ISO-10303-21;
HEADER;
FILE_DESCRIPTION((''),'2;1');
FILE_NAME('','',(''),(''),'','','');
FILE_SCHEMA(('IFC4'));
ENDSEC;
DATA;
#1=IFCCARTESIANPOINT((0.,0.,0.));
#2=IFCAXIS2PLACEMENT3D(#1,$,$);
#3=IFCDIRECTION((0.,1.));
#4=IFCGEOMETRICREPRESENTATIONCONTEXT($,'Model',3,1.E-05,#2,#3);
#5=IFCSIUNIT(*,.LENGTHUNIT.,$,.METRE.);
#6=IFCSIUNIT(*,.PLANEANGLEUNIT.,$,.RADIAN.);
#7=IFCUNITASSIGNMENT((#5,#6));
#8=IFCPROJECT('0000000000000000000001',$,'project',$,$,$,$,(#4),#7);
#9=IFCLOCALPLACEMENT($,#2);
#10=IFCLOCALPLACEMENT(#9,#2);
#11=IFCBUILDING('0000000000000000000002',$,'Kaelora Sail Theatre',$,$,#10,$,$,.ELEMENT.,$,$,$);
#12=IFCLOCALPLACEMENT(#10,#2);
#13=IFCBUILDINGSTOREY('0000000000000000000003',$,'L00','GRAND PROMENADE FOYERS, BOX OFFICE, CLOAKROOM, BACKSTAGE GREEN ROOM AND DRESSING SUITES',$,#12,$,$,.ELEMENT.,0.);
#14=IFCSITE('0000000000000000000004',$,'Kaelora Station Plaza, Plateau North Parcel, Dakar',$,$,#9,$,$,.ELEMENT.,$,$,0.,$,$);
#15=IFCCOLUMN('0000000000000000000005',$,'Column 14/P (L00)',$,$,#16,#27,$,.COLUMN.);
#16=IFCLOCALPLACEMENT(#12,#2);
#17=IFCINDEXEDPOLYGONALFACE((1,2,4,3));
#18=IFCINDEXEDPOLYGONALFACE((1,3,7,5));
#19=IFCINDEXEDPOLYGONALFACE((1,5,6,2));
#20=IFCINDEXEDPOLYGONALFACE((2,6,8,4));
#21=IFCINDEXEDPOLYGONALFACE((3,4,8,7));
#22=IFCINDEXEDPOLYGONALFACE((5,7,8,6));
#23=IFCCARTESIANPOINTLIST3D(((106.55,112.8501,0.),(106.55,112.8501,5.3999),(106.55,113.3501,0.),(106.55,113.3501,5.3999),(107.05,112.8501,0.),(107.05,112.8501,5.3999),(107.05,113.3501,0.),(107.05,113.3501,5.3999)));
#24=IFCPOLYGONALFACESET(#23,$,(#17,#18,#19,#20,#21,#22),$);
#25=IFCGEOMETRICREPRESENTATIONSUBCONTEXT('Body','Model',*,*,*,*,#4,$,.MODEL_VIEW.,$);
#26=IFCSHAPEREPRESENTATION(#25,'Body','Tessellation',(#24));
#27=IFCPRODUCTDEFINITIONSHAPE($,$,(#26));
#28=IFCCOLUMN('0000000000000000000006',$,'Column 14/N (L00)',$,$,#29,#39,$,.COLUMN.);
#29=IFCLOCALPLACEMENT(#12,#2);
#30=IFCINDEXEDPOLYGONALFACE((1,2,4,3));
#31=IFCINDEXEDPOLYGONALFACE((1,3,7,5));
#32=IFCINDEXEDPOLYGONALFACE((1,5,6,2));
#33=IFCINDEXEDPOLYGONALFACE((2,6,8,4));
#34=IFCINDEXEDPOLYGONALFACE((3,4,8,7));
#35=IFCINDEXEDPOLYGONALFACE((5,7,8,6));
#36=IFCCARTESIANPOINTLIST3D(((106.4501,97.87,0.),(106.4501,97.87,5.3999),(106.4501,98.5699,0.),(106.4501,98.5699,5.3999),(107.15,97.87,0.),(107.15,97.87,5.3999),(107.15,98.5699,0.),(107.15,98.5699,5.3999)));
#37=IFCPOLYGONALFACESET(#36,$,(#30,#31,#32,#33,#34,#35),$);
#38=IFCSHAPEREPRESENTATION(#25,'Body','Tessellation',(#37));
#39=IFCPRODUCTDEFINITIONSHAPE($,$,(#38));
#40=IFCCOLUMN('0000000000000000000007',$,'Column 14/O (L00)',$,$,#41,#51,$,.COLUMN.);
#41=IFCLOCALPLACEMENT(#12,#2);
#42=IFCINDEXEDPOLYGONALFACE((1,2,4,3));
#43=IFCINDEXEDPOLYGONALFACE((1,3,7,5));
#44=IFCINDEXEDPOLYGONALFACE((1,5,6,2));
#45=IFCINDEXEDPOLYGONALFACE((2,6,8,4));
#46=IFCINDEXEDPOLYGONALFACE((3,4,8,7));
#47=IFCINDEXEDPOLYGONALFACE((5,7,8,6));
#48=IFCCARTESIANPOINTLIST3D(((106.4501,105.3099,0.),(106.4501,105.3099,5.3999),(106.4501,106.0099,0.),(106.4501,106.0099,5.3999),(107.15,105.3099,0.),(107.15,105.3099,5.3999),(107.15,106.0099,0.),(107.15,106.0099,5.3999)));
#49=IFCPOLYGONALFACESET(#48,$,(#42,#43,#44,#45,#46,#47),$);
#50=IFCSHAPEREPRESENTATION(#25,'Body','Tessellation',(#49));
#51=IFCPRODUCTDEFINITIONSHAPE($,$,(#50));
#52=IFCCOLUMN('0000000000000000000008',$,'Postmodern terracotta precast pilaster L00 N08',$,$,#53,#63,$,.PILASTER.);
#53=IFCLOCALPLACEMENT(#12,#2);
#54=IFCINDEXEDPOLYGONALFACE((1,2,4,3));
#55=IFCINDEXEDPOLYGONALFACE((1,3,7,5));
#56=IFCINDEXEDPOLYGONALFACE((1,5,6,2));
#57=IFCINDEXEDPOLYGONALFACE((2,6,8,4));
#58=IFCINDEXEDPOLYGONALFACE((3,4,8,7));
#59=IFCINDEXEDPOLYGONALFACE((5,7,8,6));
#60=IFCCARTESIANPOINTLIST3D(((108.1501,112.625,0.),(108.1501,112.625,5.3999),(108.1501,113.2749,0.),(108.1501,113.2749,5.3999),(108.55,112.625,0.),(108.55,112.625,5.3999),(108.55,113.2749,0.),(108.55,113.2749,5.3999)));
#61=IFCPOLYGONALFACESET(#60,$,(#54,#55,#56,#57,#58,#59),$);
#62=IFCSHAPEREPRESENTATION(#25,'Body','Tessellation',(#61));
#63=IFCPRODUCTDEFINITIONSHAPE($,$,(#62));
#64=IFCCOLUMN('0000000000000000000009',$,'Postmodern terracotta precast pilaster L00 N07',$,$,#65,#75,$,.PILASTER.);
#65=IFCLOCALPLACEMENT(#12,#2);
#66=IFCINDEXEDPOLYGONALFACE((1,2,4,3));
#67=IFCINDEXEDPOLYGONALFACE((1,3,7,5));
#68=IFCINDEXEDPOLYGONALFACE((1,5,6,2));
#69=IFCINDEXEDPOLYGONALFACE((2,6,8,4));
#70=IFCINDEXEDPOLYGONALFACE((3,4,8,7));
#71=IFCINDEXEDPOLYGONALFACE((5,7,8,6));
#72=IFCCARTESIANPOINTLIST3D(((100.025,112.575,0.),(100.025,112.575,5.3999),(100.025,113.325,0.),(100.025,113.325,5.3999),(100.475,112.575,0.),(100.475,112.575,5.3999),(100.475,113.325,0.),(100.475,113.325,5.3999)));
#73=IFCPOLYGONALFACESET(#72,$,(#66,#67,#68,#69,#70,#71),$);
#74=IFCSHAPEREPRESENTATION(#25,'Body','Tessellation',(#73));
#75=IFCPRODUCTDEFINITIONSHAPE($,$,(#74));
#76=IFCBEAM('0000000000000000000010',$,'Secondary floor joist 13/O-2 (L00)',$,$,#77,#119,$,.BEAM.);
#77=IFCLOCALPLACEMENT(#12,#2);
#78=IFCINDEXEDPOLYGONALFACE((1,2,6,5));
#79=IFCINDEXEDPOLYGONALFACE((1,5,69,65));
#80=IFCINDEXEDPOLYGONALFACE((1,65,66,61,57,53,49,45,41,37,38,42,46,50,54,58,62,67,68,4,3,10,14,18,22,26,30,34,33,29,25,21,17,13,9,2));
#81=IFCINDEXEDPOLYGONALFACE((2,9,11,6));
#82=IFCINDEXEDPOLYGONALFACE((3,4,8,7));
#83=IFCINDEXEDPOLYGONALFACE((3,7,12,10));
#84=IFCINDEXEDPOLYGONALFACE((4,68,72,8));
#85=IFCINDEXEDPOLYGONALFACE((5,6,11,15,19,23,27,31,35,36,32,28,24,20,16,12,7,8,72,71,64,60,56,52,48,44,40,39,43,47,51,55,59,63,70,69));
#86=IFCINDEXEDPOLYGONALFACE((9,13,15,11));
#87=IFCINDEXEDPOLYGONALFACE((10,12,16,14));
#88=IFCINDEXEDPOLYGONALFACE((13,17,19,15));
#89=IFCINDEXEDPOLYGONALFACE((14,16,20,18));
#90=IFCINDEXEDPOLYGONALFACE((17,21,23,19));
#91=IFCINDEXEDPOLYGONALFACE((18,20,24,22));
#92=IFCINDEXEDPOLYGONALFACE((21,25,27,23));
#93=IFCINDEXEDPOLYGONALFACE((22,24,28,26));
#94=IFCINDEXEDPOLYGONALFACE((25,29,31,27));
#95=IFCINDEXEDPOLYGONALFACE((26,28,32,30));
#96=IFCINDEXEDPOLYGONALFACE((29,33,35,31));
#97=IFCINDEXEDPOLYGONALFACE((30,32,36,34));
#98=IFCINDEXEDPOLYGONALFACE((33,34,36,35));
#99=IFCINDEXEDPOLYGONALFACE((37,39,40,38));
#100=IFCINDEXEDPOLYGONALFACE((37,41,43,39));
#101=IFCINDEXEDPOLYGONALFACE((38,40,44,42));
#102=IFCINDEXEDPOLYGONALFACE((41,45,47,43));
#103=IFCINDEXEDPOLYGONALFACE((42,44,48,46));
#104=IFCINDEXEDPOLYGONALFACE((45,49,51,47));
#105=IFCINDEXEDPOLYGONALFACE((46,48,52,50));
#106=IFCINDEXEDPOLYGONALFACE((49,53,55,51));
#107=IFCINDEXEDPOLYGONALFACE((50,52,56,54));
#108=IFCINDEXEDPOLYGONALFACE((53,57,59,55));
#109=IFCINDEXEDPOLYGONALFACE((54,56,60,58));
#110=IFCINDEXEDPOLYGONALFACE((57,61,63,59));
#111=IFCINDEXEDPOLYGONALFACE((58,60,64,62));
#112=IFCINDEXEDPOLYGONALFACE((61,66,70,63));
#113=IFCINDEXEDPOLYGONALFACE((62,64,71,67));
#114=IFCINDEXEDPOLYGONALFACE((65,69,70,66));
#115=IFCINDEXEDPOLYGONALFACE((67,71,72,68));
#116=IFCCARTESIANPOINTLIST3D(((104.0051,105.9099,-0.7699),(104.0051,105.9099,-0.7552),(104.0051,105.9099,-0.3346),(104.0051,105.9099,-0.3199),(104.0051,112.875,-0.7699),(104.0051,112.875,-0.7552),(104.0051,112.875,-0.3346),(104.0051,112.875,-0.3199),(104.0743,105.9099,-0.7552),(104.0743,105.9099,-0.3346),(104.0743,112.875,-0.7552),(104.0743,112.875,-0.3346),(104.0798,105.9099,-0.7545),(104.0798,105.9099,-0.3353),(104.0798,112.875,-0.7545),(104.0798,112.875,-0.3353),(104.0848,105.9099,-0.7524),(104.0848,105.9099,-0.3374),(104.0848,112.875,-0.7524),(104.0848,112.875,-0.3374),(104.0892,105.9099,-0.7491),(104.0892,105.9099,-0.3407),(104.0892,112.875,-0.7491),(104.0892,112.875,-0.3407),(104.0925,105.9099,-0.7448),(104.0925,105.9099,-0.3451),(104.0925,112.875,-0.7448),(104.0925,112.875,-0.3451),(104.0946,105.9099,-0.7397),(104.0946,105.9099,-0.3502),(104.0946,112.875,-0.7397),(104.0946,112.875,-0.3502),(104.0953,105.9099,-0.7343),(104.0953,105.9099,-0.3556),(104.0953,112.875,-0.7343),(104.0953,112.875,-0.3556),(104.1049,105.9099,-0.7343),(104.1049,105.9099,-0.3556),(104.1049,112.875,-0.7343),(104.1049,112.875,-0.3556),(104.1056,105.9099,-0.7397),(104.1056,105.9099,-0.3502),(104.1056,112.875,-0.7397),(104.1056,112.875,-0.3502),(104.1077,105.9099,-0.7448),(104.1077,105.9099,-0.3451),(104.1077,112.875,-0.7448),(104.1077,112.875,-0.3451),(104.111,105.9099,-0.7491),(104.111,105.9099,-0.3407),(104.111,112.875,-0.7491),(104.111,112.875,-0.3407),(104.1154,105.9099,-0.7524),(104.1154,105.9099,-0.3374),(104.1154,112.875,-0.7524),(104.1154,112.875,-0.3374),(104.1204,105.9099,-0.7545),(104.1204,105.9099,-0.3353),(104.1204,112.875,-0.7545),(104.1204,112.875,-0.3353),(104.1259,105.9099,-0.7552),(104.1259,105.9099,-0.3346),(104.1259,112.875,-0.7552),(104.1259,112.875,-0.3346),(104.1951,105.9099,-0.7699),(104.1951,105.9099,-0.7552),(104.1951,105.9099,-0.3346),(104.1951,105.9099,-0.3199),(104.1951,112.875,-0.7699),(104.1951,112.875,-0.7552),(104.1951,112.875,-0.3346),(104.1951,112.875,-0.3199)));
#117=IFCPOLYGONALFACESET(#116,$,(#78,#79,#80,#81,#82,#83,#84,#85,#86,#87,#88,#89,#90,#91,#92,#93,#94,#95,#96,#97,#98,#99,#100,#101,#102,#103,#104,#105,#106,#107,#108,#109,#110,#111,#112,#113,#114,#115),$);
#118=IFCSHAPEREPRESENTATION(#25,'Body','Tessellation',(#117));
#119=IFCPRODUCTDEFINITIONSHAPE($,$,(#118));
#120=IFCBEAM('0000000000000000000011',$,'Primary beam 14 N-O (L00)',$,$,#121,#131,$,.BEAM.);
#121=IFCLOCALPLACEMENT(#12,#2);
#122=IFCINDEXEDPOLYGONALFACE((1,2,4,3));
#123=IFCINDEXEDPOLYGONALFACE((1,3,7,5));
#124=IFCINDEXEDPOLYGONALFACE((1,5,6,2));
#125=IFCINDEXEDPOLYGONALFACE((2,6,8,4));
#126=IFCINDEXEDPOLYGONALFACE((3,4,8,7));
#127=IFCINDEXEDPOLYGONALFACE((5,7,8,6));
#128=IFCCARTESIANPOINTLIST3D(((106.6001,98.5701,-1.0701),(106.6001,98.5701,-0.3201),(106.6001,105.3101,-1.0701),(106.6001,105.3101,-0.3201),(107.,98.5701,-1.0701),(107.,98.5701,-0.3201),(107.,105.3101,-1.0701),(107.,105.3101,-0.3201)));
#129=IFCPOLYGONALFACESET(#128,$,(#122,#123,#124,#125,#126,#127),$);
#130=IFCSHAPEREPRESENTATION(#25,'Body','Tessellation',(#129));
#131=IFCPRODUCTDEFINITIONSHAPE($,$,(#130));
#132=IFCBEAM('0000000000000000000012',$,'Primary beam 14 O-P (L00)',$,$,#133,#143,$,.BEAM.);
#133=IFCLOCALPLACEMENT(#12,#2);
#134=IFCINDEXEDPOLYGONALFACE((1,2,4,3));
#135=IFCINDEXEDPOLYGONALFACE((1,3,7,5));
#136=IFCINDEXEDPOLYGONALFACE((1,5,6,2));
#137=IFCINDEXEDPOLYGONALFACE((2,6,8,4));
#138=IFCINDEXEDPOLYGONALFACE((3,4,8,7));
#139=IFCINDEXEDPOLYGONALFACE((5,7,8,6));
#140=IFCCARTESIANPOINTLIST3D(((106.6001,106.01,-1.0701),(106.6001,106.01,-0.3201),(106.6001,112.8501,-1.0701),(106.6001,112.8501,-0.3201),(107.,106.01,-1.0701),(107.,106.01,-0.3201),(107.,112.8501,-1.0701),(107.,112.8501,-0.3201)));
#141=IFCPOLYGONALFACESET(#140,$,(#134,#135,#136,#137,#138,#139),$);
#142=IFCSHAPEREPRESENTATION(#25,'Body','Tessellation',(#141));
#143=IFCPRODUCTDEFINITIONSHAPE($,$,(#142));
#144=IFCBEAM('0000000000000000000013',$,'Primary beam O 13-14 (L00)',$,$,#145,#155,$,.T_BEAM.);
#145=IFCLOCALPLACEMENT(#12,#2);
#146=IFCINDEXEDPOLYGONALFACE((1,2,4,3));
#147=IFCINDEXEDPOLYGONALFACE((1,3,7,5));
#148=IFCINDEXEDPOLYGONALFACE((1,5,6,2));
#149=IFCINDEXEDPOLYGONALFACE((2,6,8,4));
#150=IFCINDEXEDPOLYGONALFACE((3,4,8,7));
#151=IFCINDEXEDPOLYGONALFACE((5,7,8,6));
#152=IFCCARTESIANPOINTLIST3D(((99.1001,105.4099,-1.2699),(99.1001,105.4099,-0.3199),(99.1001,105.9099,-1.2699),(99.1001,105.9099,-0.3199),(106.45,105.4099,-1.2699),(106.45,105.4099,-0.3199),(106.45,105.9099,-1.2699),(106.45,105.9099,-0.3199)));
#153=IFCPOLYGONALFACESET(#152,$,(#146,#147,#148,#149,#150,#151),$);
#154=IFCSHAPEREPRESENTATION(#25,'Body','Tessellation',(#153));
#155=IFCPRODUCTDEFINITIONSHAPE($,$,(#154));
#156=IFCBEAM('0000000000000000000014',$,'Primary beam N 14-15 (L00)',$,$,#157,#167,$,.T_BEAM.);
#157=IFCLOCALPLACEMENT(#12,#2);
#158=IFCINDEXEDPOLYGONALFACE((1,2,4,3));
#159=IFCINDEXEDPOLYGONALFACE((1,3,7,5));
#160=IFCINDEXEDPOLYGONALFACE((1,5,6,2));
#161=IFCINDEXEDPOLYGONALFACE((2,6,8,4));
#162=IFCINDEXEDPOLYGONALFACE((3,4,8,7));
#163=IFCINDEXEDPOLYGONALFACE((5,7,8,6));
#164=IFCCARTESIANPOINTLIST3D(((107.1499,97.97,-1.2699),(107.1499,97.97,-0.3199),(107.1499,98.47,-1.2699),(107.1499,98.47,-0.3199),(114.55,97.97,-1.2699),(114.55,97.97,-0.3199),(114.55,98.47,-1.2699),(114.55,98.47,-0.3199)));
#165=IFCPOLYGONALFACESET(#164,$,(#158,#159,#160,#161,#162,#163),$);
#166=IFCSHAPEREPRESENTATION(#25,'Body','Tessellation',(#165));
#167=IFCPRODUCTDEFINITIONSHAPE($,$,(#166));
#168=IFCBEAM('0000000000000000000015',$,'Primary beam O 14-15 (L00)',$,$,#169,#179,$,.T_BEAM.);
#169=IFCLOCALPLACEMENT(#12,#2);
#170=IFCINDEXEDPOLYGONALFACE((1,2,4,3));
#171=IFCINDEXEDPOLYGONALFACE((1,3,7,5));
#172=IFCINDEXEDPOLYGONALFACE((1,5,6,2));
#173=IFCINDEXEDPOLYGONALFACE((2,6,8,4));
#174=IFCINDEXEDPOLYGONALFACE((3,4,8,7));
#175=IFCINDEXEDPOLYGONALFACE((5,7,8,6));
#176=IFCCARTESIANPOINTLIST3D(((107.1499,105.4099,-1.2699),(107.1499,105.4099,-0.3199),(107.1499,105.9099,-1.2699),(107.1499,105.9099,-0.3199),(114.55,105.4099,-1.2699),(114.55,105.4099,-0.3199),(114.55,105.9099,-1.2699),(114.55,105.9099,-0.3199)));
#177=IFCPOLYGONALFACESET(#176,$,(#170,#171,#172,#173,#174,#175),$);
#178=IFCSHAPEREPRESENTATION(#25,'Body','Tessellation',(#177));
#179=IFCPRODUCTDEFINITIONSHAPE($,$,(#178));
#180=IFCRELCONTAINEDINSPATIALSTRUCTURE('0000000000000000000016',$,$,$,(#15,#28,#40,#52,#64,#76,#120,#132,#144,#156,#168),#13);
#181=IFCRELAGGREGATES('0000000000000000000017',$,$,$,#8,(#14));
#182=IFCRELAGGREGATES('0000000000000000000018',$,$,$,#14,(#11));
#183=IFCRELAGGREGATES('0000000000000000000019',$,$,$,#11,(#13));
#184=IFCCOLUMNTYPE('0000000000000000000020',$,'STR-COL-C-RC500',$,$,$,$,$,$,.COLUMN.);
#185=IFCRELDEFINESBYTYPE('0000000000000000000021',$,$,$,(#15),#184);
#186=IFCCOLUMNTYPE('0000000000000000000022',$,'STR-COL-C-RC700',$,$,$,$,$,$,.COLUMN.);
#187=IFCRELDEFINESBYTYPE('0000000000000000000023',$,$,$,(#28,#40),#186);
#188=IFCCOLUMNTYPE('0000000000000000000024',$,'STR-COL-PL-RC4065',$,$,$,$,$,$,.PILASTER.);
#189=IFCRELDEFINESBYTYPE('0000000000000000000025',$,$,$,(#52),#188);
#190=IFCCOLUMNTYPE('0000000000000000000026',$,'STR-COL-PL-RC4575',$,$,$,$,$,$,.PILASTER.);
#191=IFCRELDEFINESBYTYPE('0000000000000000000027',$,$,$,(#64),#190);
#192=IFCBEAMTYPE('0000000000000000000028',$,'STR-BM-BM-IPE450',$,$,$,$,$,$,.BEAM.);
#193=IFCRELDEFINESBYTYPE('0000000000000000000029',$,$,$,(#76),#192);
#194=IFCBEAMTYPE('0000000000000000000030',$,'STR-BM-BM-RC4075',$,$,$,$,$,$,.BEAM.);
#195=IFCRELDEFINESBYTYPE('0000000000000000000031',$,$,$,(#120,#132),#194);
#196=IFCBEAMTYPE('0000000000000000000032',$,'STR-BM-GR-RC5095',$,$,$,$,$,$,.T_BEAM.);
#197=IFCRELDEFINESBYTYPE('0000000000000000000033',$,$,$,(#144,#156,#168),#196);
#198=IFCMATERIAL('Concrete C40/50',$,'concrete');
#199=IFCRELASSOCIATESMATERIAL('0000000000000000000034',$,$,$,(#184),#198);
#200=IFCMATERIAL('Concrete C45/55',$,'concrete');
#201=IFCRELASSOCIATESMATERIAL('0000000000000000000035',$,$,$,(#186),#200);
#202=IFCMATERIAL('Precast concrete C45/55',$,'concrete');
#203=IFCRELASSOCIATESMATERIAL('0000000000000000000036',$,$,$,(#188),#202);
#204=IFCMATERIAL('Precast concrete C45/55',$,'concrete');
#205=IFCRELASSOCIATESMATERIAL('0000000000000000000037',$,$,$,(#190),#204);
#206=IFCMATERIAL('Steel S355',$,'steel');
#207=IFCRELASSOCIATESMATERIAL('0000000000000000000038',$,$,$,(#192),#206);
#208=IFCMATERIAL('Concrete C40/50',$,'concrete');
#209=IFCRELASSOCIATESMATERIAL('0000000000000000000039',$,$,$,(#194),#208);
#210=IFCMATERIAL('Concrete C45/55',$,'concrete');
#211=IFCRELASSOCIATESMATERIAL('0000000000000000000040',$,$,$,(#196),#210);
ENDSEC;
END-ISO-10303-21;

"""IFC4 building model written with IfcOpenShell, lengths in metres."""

from ifc_helpers import new_model, si_unit, direction, frame, origin, origin_2d, place, context, subcontext, project, spatial, rectangle, i_section, extrude, material, material_profile, profile_set, type_object, element, save


model = new_model("IFC4")

# Units and contexts
model_context = context("Model", 3, precision=1e-05, world=origin(), true_north=direction((0.0, 1.0)))
body_context = subcontext(model_context, "Body", "Model", "MODEL_VIEW")
ifc_project = project(units=[si_unit("LENGTHUNIT", "METRE"), si_unit("PLANEANGLEUNIT", "RADIAN")], contexts=[model_context])

# Site, building, storey
site_placement = place(None, origin())
site = spatial("IfcSite", under=ifc_project, at=site_placement, Name="Kaelora Station Plaza, Plateau North Parcel, Dakar", CompositionType="ELEMENT", RefElevation=0.0)
building_placement = place(site_placement, origin())
building = spatial("IfcBuilding", under=site, at=building_placement, Name="Kaelora Sail Theatre", CompositionType="ELEMENT")
storey_placement = place(building_placement, origin())
storey = spatial("IfcBuildingStorey", under=building, at=storey_placement, Name="L00", Description="GRAND PROMENADE FOYERS, BOX OFFICE, CLOAKROOM, BACKSTAGE GREEN ROOM AND DRESSING SUITES", CompositionType="ELEMENT", Elevation=0.0)

# Columns
ifc_material_1 = material(Name="Concrete C40/50", Category="concrete")
ifc_material_profile_1 = material_profile(ifc_material_1, rectangle(XDim=0.5, YDim=0.5, at=origin_2d()), Name="RC-COL 500x500")
ifc_profile_set_1 = profile_set([ifc_material_profile_1], Name="Concrete C40/50")
column_type_1 = type_object("IfcColumnType", Name="STR-COL-C-RC500", PredefinedType="COLUMN", material=ifc_profile_set_1)
column_1_placement = place(storey_placement, frame((106.8, 113.1001, 0.0), z_axis=(0.0, 0.0, 1.0), x_axis=(1.0, 0.0, 0.0)))
element("IfcColumn", 1, at=column_1_placement, inside=storey, type_object=column_type_1, Name="Column 14/P (L00)", PredefinedType="COLUMN", context=body_context, shape_type="SweptSolid", body=[
    extrude(rectangle(XDim=0.5, YDim=0.5, at=origin_2d()), origin(), (0.0, 0.0, 1.0), 5.3999),
])
ifc_material_2 = material(Name="Concrete C45/55", Category="concrete")
ifc_material_profile_2 = material_profile(ifc_material_2, rectangle(XDim=0.7, YDim=0.7, at=origin_2d()), Name="RC-COL 700x700")
ifc_profile_set_2 = profile_set([ifc_material_profile_2], Name="Concrete C45/55")
column_type_2 = type_object("IfcColumnType", Name="STR-COL-C-RC700", PredefinedType="COLUMN", material=ifc_profile_set_2)
for number, where, z_axis, x_axis, name in (
    (2, (106.8, 98.22, 0.0), (0.0, 0.0, 1.0), (1.0, 0.0, 0.0), "Column 14/N (L00)"),
    (3, (106.8, 105.6599, 0.0), (0.0, 0.0, 1.0), (1.0, 0.0, 0.0), "Column 14/O (L00)"),
):
    element("IfcColumn", number, at=place(storey_placement, frame(where, z_axis=z_axis, x_axis=x_axis)), inside=storey, type_object=column_type_2, Name=name, PredefinedType="COLUMN", context=body_context, shape_type="SweptSolid", body=[
        extrude(rectangle(XDim=0.7, YDim=0.7, at=origin_2d()), origin(), (0.0, 0.0, 1.0), 5.3999),
    ])
ifc_material_3 = material(Name="Precast concrete C45/55", Category="concrete")
ifc_material_profile_3 = material_profile(ifc_material_3, rectangle(XDim=0.3999, YDim=0.6499, at=origin_2d()), Name="RC-PIL 400x650")
ifc_profile_set_3 = profile_set([ifc_material_profile_3], Name="Precast concrete C45/55")
column_type_3 = type_object("IfcColumnType", Name="STR-COL-PL-RC4065", PredefinedType="PILASTER", material=ifc_profile_set_3)
column_2_placement = place(storey_placement, frame((108.3501, 112.95, 0.0), z_axis=(0.0, 0.0, 1.0), x_axis=(1.0, 0.0, 0.0)))
element("IfcColumn", 4, at=column_2_placement, inside=storey, type_object=column_type_3, Name="Postmodern terracotta precast pilaster L00 N08", PredefinedType="PILASTER", context=body_context, shape_type="SweptSolid", body=[
    extrude(rectangle(XDim=0.3999, YDim=0.6499, at=origin_2d()), origin(), (0.0, 0.0, 1.0), 5.3999),
])
ifc_material_4 = material(Name="Precast concrete C45/55", Category="concrete")
ifc_material_profile_4 = material_profile(ifc_material_4, rectangle(XDim=0.45, YDim=0.75, at=origin_2d()), Name="RC-PIL 450x750")
ifc_profile_set_4 = profile_set([ifc_material_profile_4], Name="Precast concrete C45/55")
column_type_4 = type_object("IfcColumnType", Name="STR-COL-PL-RC4575", PredefinedType="PILASTER", material=ifc_profile_set_4)
column_3_placement = place(storey_placement, frame((100.25, 112.95, 0.0), z_axis=(0.0, 0.0, 1.0), x_axis=(1.0, 0.0, 0.0)))
element("IfcColumn", 5, at=column_3_placement, inside=storey, type_object=column_type_4, Name="Postmodern terracotta precast pilaster L00 N07", PredefinedType="PILASTER", context=body_context, shape_type="SweptSolid", body=[
    extrude(rectangle(XDim=0.45, YDim=0.75, at=origin_2d()), origin(), (0.0, 0.0, 1.0), 5.3999),
])

# Beams
ifc_material_5 = material(Name="Steel S355", Category="steel")
ifc_material_profile_5 = material_profile(ifc_material_5, i_section(OverallWidth=0.1899, OverallDepth=0.45, WebThickness=0.0095, FlangeThickness=0.0146, FilletRadius=0.021, at=origin_2d()), Name="IPE 450")
ifc_profile_set_5 = profile_set([ifc_material_profile_5], Name="Steel S355")
beam_type_1 = type_object("IfcBeamType", Name="STR-BM-BM-IPE450", PredefinedType="BEAM", material=ifc_profile_set_5)
beam_1_placement = place(storey_placement, frame((104.1001, 105.9099, -0.5449), z_axis=(0.0, 1.0, 0.0), x_axis=(-1.0, 0.0, 0.0)))
element("IfcBeam", 6, at=beam_1_placement, inside=storey, type_object=beam_type_1, Name="Secondary floor joist 13/O-2 (L00)", PredefinedType="BEAM", context=body_context, shape_type="SweptSolid", body=[
    extrude(i_section(OverallWidth=0.1899, OverallDepth=0.45, WebThickness=0.0095, FlangeThickness=0.0146, FilletRadius=0.021, at=origin_2d()), origin(), (0.0, 0.0, 1.0), 6.9651),
])
ifc_material_6 = material(Name="Concrete C40/50", Category="concrete")
ifc_material_profile_6 = material_profile(ifc_material_6, rectangle(XDim=0.3999, YDim=0.75, at=origin_2d()), Name="RC-BM 400x750")
ifc_profile_set_6 = profile_set([ifc_material_profile_6], Name="Concrete C40/50")
beam_type_2 = type_object("IfcBeamType", Name="STR-BM-BM-RC4075", PredefinedType="BEAM", material=ifc_profile_set_6)
beam_2_placement = place(storey_placement, frame((106.8, 98.5701, -0.6951), z_axis=(0.0, 1.0, 0.0), x_axis=(-1.0, 0.0, 0.0)))
element("IfcBeam", 7, at=beam_2_placement, inside=storey, type_object=beam_type_2, Name="Primary beam 14 N-O (L00)", PredefinedType="BEAM", context=body_context, shape_type="SweptSolid", body=[
    extrude(rectangle(XDim=0.3999, YDim=0.75, at=origin_2d()), origin(), (0.0, 0.0, 1.0), 6.74),
])
beam_3_placement = place(storey_placement, frame((106.8, 106.01, -0.6951), z_axis=(0.0, 1.0, 0.0), x_axis=(-1.0, 0.0, 0.0)))
element("IfcBeam", 8, at=beam_3_placement, inside=storey, type_object=beam_type_2, Name="Primary beam 14 O-P (L00)", PredefinedType="BEAM", context=body_context, shape_type="SweptSolid", body=[
    extrude(rectangle(XDim=0.3999, YDim=0.75, at=origin_2d()), origin(), (0.0, 0.0, 1.0), 6.8401),
])
ifc_material_7 = material(Name="Concrete C45/55", Category="concrete")
ifc_material_profile_7 = material_profile(ifc_material_7, rectangle(XDim=0.5, YDim=0.95, at=origin_2d()), Name="RC-GRD 500x950")
ifc_profile_set_7 = profile_set([ifc_material_profile_7], Name="Concrete C45/55")
beam_type_3 = type_object("IfcBeamType", Name="STR-BM-GR-RC5095", PredefinedType="T_BEAM", material=ifc_profile_set_7)
beam_4_placement = place(storey_placement, frame((99.1001, 105.6599, -0.7949), z_axis=(1.0, 0.0, 0.0), x_axis=(0.0, 1.0, 0.0)))
element("IfcBeam", 9, at=beam_4_placement, inside=storey, type_object=beam_type_3, Name="Primary beam O 13-14 (L00)", PredefinedType="T_BEAM", context=body_context, shape_type="SweptSolid", body=[
    extrude(rectangle(XDim=0.5, YDim=0.95, at=origin_2d()), origin(), (0.0, 0.0, 1.0), 7.3499),
])
for number, where, z_axis, x_axis, name in (
    (10, (107.1499, 98.22, -0.7949), (1.0, 0.0, 0.0), (0.0, 1.0, 0.0), "Primary beam N 14-15 (L00)"),
    (11, (107.1499, 105.6599, -0.7949), (1.0, 0.0, 0.0), (0.0, 1.0, 0.0), "Primary beam O 14-15 (L00)"),
):
    element("IfcBeam", number, at=place(storey_placement, frame(where, z_axis=z_axis, x_axis=x_axis)), inside=storey, type_object=beam_type_3, Name=name, PredefinedType="T_BEAM", context=body_context, shape_type="SweptSolid", body=[
        extrude(rectangle(XDim=0.5, YDim=0.95, at=origin_2d()), origin(), (0.0, 0.0, 1.0), 7.4001),
    ])

save(model, "model.ifc")
